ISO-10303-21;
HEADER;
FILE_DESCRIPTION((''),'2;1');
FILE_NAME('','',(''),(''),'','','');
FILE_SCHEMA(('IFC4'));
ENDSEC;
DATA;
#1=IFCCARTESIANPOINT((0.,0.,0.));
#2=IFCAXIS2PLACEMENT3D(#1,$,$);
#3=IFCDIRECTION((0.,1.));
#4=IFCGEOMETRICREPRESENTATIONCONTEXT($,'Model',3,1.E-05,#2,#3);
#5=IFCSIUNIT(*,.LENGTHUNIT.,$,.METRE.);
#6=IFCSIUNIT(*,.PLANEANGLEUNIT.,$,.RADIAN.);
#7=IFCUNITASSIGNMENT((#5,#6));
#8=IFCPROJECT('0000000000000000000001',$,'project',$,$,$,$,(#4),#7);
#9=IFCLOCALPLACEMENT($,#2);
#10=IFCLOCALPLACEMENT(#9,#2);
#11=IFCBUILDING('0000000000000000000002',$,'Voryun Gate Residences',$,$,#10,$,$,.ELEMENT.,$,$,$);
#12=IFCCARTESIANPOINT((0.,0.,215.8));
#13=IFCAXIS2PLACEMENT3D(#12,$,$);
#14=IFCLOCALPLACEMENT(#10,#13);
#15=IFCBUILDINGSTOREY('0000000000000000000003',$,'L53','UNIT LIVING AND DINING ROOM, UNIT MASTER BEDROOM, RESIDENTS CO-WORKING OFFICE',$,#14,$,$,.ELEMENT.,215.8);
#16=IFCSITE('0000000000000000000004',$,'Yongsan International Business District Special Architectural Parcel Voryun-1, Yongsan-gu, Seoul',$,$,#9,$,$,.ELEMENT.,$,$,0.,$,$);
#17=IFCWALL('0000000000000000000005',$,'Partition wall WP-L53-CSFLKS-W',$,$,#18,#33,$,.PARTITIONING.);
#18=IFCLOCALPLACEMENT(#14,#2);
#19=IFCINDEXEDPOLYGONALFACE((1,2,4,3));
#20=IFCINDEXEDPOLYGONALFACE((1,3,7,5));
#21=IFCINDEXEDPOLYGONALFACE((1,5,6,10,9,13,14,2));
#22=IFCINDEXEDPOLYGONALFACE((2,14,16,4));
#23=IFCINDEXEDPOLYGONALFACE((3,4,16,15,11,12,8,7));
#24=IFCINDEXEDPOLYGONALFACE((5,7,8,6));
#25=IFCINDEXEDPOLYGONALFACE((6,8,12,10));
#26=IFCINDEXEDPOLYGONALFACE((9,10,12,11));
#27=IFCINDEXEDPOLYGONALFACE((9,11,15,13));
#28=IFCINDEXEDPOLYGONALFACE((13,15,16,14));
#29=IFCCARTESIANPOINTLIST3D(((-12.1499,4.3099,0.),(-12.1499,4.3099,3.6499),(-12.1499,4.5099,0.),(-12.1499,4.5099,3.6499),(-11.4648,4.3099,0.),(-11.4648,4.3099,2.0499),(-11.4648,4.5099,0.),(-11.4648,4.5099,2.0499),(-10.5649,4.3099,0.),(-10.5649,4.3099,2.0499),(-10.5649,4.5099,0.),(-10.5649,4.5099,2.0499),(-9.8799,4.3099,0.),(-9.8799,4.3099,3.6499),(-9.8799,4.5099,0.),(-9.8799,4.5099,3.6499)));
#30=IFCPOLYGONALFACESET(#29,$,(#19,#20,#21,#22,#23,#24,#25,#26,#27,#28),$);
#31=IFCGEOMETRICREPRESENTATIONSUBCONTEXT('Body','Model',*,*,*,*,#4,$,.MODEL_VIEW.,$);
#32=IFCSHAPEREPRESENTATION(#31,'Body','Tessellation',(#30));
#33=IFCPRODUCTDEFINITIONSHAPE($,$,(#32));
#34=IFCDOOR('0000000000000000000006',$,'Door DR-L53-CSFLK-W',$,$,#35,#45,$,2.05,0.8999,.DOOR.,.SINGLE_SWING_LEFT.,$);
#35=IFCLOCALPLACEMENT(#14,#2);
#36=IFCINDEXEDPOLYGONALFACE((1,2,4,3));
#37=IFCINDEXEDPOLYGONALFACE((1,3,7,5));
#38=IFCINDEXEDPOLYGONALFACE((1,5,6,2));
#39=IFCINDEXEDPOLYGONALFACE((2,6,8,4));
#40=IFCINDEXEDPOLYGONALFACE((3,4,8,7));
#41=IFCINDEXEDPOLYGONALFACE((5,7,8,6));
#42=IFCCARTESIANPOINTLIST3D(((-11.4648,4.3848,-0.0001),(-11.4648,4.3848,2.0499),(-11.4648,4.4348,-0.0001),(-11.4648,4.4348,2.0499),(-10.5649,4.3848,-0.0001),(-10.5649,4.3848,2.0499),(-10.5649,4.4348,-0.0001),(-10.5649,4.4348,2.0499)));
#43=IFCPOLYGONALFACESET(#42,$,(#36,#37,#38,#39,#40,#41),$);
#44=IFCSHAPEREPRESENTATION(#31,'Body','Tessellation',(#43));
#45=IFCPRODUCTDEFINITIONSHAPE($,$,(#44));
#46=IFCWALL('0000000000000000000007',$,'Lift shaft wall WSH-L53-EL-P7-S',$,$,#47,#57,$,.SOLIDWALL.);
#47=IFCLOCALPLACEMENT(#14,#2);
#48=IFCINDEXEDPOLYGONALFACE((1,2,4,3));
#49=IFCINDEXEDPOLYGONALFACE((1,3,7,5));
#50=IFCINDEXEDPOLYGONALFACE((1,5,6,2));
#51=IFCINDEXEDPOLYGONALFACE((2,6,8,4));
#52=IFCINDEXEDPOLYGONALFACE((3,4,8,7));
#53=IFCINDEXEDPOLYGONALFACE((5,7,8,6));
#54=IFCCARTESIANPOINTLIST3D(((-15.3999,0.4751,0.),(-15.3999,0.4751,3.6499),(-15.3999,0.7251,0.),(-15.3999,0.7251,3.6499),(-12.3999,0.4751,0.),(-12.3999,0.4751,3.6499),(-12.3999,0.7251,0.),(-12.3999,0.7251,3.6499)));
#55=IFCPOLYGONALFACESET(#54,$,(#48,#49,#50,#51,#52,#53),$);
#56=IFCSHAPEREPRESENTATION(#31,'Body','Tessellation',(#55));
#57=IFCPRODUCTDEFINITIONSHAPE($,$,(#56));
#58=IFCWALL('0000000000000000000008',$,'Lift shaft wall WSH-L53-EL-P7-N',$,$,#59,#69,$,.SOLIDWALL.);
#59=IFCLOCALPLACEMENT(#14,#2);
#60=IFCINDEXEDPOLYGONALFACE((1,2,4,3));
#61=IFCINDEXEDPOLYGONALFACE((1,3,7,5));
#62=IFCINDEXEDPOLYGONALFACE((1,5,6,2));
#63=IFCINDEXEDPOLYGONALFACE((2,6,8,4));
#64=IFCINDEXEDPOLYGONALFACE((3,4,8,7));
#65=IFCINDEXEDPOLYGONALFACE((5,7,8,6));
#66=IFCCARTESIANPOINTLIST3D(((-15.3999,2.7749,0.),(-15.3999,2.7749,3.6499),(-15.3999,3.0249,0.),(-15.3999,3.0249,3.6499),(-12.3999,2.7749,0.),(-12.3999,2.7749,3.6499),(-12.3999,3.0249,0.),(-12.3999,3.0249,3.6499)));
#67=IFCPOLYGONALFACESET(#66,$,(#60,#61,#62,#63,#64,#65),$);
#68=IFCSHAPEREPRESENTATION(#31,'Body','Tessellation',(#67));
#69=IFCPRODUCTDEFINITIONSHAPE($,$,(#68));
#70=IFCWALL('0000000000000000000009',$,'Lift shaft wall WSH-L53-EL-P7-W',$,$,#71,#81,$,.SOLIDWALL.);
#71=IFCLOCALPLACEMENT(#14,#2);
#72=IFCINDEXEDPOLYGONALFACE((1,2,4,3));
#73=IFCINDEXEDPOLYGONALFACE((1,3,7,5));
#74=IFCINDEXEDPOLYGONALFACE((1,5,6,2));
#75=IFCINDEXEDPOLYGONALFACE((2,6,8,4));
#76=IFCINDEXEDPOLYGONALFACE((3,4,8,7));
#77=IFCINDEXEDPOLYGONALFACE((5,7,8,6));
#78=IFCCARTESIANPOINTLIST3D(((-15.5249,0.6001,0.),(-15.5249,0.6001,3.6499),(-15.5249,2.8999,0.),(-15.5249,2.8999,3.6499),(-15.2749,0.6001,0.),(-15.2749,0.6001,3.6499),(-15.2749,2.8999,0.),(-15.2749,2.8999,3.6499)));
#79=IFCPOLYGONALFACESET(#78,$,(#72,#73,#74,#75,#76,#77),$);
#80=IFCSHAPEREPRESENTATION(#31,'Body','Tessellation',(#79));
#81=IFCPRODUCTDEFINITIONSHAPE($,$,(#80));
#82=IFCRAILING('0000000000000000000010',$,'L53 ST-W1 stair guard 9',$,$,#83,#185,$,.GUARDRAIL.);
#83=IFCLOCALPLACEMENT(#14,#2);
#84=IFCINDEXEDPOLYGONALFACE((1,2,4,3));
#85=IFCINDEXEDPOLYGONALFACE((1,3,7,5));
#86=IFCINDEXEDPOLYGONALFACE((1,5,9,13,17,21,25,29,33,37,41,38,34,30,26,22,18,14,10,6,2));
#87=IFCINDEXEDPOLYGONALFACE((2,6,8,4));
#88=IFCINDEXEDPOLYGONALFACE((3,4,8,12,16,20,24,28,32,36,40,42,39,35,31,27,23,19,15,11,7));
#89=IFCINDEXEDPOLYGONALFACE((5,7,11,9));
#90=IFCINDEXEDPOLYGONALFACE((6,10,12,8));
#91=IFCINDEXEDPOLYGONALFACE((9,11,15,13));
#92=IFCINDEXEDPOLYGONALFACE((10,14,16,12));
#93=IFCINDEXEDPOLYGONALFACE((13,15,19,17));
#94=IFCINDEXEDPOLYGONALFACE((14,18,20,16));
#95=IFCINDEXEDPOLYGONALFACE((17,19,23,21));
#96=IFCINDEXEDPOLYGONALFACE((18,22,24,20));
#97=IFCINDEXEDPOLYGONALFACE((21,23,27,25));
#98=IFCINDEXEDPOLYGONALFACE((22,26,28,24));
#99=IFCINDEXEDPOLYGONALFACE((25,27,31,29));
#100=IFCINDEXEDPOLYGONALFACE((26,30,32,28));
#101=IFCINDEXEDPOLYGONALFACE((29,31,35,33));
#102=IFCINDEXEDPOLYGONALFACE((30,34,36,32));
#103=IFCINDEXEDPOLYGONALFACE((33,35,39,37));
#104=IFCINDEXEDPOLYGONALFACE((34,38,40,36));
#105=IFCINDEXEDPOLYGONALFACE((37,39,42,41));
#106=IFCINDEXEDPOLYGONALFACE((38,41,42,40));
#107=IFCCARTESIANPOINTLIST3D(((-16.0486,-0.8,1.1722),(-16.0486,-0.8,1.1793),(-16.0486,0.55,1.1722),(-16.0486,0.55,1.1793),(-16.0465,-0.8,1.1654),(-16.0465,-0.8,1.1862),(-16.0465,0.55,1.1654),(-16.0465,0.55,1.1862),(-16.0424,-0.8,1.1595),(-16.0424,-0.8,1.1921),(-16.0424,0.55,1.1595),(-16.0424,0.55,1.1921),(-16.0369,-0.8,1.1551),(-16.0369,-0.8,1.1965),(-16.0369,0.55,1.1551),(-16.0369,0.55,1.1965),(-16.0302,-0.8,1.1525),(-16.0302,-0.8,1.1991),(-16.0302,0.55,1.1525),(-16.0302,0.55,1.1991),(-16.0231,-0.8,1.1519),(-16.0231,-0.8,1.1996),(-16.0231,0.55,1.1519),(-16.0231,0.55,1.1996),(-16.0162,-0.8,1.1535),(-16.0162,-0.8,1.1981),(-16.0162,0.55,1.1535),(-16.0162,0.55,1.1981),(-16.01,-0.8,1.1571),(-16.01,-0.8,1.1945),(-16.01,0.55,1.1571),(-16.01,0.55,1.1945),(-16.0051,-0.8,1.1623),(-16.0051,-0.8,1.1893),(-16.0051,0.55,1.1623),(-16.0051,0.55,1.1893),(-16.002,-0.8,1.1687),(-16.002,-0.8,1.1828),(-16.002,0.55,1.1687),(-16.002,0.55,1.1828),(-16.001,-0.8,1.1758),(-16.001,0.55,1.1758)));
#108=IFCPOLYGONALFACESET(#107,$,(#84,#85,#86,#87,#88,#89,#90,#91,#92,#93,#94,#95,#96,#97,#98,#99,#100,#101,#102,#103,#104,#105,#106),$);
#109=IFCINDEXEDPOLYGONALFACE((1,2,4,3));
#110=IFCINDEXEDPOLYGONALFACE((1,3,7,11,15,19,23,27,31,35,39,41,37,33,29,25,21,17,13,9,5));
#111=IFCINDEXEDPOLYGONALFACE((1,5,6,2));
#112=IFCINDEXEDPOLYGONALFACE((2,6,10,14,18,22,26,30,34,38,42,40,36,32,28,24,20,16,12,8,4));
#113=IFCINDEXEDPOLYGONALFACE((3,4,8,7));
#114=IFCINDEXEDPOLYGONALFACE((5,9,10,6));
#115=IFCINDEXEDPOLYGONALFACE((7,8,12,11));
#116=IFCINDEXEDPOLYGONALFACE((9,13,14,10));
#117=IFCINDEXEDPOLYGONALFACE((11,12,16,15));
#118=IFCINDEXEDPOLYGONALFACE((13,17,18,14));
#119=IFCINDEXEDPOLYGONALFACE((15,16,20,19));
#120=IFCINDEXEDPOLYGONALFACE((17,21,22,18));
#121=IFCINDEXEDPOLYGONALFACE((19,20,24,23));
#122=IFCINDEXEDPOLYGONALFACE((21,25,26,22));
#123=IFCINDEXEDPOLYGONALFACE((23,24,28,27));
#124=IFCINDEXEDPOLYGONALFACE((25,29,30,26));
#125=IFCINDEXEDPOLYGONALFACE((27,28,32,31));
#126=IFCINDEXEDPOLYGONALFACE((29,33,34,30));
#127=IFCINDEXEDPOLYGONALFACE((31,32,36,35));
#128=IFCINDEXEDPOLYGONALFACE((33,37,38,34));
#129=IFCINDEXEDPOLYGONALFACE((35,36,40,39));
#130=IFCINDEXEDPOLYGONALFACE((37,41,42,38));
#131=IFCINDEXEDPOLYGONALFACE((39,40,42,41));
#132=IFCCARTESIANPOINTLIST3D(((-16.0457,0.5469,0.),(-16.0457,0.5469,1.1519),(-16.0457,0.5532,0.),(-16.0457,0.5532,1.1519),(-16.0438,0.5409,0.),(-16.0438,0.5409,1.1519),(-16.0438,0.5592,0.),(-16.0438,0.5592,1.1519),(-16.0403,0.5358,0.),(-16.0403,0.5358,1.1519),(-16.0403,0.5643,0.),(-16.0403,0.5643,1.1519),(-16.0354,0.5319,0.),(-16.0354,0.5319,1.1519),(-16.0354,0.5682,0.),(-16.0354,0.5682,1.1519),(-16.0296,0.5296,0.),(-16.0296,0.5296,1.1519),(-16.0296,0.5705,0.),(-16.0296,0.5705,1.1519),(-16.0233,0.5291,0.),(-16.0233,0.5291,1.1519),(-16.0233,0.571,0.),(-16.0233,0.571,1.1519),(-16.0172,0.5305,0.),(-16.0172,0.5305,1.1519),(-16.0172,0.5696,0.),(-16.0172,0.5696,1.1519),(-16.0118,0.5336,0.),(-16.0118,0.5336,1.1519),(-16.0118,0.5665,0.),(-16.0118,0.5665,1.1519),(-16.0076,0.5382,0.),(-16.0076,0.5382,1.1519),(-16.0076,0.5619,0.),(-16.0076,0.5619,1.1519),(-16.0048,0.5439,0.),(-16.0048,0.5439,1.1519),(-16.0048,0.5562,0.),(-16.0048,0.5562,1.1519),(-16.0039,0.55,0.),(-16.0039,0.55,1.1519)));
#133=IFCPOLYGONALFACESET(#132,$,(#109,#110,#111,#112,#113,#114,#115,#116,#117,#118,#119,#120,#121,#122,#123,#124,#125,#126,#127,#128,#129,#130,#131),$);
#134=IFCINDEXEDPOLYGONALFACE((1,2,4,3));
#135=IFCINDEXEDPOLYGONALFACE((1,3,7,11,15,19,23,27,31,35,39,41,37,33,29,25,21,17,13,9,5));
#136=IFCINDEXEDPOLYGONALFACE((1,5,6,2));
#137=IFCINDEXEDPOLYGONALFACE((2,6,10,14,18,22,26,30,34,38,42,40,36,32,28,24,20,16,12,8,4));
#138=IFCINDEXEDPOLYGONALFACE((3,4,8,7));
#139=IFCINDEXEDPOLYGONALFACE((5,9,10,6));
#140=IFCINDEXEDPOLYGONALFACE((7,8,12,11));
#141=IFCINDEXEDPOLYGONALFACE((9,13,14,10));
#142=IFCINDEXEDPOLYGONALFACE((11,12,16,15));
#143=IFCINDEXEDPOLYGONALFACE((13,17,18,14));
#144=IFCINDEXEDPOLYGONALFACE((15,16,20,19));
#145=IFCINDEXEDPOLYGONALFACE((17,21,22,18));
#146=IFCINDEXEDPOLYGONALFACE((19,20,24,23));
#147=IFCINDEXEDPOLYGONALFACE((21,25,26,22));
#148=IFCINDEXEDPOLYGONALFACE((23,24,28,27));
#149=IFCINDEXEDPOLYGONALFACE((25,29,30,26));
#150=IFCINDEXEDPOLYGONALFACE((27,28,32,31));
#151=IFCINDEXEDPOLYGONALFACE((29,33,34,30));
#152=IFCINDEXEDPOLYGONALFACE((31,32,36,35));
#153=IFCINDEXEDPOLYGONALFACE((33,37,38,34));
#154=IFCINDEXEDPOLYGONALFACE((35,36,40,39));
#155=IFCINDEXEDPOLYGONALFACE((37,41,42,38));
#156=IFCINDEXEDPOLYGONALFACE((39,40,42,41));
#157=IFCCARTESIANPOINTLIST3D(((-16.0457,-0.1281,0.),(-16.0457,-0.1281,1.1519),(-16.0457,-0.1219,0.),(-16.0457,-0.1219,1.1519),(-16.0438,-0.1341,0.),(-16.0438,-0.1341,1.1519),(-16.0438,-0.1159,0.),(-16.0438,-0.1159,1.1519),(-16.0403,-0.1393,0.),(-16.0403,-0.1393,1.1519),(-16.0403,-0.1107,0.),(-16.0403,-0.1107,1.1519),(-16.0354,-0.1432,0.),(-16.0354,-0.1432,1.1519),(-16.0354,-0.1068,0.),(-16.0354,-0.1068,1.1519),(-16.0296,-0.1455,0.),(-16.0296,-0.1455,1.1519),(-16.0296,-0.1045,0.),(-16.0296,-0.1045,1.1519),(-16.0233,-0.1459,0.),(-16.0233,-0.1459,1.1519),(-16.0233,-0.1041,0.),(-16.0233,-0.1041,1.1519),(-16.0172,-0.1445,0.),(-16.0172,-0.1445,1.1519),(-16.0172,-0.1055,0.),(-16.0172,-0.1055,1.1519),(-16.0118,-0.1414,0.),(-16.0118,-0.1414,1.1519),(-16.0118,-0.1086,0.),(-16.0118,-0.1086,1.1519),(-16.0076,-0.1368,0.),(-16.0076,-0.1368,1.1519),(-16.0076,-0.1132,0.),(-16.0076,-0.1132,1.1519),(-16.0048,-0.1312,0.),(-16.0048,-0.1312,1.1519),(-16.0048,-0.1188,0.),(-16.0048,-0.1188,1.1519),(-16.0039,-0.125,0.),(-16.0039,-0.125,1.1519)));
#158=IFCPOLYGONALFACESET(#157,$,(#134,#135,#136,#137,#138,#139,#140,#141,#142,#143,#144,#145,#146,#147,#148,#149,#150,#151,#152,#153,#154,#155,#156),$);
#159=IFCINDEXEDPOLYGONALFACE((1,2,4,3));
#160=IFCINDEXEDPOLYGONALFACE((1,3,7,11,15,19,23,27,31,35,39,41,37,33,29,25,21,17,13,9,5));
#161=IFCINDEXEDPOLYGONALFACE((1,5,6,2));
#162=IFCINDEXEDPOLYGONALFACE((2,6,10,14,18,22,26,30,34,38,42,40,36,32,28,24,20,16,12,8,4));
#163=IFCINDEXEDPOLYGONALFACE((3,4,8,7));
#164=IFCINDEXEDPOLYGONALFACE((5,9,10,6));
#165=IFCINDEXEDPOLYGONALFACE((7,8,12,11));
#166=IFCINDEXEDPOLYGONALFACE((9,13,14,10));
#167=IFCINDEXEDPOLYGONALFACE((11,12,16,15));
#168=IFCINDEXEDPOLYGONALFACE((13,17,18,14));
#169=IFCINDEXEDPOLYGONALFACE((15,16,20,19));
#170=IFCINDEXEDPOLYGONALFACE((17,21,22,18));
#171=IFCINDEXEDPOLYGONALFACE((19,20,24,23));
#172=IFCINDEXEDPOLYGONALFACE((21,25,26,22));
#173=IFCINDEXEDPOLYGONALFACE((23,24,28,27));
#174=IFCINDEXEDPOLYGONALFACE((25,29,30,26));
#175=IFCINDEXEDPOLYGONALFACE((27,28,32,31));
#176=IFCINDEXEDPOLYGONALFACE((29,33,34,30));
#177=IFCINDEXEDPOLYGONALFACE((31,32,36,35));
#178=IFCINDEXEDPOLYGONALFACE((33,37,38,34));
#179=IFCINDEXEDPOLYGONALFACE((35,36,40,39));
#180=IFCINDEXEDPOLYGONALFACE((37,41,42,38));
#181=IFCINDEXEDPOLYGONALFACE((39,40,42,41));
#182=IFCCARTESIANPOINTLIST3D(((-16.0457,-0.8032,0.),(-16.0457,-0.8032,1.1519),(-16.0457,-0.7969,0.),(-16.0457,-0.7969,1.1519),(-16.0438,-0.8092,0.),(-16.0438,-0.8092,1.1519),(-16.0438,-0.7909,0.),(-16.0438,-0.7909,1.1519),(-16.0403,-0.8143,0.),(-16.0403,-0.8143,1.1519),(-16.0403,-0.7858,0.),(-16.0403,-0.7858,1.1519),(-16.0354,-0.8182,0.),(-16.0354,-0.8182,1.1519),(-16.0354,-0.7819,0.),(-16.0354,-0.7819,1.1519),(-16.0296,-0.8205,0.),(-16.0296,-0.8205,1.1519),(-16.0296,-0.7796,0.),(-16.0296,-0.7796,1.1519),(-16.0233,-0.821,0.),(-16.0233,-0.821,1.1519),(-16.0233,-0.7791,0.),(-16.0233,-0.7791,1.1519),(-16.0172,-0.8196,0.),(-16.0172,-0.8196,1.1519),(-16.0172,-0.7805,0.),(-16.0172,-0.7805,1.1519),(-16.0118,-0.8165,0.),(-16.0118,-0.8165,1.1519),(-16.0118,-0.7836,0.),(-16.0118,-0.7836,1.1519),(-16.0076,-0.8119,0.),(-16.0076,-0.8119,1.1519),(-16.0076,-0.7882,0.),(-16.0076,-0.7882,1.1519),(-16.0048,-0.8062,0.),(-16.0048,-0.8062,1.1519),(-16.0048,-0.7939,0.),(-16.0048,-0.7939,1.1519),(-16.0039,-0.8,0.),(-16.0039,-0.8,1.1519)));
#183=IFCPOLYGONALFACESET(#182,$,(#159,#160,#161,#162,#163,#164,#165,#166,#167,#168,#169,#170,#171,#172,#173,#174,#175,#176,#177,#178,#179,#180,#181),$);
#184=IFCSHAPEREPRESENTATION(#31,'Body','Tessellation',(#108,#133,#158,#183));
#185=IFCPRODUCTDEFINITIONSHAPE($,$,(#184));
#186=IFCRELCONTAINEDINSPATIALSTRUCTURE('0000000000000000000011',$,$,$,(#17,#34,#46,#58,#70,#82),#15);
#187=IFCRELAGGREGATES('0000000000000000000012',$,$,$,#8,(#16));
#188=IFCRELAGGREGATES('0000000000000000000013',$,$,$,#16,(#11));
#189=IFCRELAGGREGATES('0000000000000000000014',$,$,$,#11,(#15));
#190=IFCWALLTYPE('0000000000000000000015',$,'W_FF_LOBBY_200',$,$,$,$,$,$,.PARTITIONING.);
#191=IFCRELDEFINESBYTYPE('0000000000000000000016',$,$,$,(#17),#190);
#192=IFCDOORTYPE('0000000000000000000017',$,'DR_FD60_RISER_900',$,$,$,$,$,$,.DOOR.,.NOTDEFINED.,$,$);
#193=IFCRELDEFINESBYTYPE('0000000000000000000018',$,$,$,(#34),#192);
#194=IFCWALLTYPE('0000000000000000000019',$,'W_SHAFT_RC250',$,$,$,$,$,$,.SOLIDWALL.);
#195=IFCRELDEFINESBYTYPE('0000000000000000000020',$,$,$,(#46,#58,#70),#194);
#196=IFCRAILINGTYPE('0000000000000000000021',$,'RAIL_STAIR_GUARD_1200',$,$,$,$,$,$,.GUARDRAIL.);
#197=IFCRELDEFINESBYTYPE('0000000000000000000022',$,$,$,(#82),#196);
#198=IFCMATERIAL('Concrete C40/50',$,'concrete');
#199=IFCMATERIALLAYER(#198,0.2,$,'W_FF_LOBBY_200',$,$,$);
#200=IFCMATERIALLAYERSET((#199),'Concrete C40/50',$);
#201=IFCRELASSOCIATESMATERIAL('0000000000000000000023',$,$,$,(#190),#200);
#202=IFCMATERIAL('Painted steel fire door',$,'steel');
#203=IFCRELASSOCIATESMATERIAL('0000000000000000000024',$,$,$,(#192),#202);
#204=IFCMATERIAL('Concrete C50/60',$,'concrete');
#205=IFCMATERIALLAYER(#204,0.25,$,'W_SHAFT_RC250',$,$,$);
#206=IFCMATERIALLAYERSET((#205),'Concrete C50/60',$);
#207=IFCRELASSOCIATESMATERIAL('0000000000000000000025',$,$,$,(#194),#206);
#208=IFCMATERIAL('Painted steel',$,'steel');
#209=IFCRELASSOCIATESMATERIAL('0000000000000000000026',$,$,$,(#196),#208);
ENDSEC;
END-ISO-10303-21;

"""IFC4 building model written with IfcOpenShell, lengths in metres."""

from ifc_helpers import new_model, si_unit, direction, frame, frame_2d, origin, origin_2d, place, context, subcontext, project, spatial, rectangle, circle, extrude, material, layer, layer_set, type_object, element, fill, save


model = new_model("IFC4")

# Units and contexts
model_context = context("Model", 3, precision=1e-05, world=origin(), true_north=direction((0.0, 1.0)))
body_context = subcontext(model_context, "Body", "Model", "MODEL_VIEW")
ifc_project = project(units=[si_unit("LENGTHUNIT", "METRE"), si_unit("PLANEANGLEUNIT", "RADIAN")], contexts=[model_context])

# Site, building, storey
site_placement = place(None, origin())
site = spatial("IfcSite", under=ifc_project, at=site_placement, Name="Yongsan International Business District Special Architectural Parcel Voryun-1, Yongsan-gu, Seoul", CompositionType="ELEMENT", RefElevation=0.0)
building_placement = place(site_placement, origin())
building = spatial("IfcBuilding", under=site, at=building_placement, Name="Voryun Gate Residences", CompositionType="ELEMENT")
storey_placement = place(building_placement, frame((0.0, 0.0, 215.8)))
storey = spatial("IfcBuildingStorey", under=building, at=storey_placement, Name="L53", Description="UNIT LIVING AND DINING ROOM, UNIT MASTER BEDROOM, RESIDENTS CO-WORKING OFFICE", CompositionType="ELEMENT", Elevation=215.8)

# Shared definitions
ifc_material_1 = material(Name="Concrete C40/50", Category="concrete")
ifc_layer_1 = layer(ifc_material_1, 0.2, Name="W_FF_LOBBY_200")
ifc_layer_set_1 = layer_set([ifc_layer_1], Name="Concrete C40/50")
wall_type_1 = type_object("IfcWallType", Name="W_FF_LOBBY_200", PredefinedType="PARTITIONING", material=ifc_layer_set_1)

# Wall, opening, door
wall_1_placement = place(storey_placement, frame((-12.1499, 4.4099, 0.0), z_axis=(0.0, 0.0, 1.0), x_axis=(1.0, 0.0, 0.0)))
wall_1 = element("IfcWall", 1, at=wall_1_placement, inside=storey, type_object=wall_type_1, Name="Partition wall WP-L53-CSFLKS-W", PredefinedType="PARTITIONING", context=body_context, shape_type="SweptSolid", body=[
    extrude(rectangle(XDim=2.27, YDim=0.2, at=frame_2d((1.135, 0.0))), origin(), (0.0, 0.0, 1.0), 3.6499),
])
opening_placement = place(wall_1_placement, frame((0.6851, 0.0, 0.0)))
opening = element("IfcOpeningElement", 2, at=opening_placement, cuts=wall_1, PredefinedType="OPENING", context=body_context, shape_type="SweptSolid", body=[
    extrude(rectangle(XDim=0.8999, YDim=2.05, at=frame_2d((0.45, 1.0249))), frame((0.0, 0.1101, 0.0), z_axis=(0.0, -1.0, 0.0), x_axis=(1.0, 0.0, 0.0)), (0.0, 0.0, 1.0), 0.22),
])
ifc_material_2 = material(Name="Painted steel fire door", Category="steel")
door_type = type_object("IfcDoorType", Name="DR_FD60_RISER_900", OperationType="NOTDEFINED", PredefinedType="DOOR", material=ifc_material_2)
door_placement = place(opening_placement, origin())
door = element("IfcDoor", 3, at=door_placement, inside=storey, type_object=door_type, Name="Door DR-L53-CSFLK-W", OperationType="SINGLE_SWING_LEFT", OverallHeight=2.05, OverallWidth=0.8999, PredefinedType="DOOR", context=body_context, shape_type="SweptSolid", body=[
    extrude(rectangle(XDim=0.8999, YDim=2.05, at=frame_2d((0.45, 1.0249))), frame((0.0, 0.0249, 0.0), z_axis=(0.0, -1.0, 0.0), x_axis=(1.0, 0.0, 0.0)), (0.0, 0.0, 1.0), 0.05),
])
fill(opening, door)

# Walls
ifc_material_3 = material(Name="Concrete C50/60", Category="concrete")
ifc_layer_2 = layer(ifc_material_3, 0.25, Name="W_SHAFT_RC250")
ifc_layer_set_2 = layer_set([ifc_layer_2], Name="Concrete C50/60")
wall_type_2 = type_object("IfcWallType", Name="W_SHAFT_RC250", PredefinedType="SOLIDWALL", material=ifc_layer_set_2)
for number, where, z_axis, x_axis, name in (
    (4, (-15.3999, 0.6001, 0.0), (0.0, 0.0, 1.0), (1.0, 0.0, 0.0), "Lift shaft wall WSH-L53-EL-P7-S"),
    (5, (-12.3999, 2.8999, 0.0), (0.0, 0.0, 1.0), (-1.0, 0.0, 0.0), "Lift shaft wall WSH-L53-EL-P7-N"),
):
    element("IfcWall", number, at=place(storey_placement, frame(where, z_axis=z_axis, x_axis=x_axis)), inside=storey, type_object=wall_type_2, Name=name, PredefinedType="SOLIDWALL", context=body_context, shape_type="SweptSolid", body=[
        extrude(rectangle(XDim=3.0, YDim=0.25, at=frame_2d((1.5, 0.0))), origin(), (0.0, 0.0, 1.0), 3.6499),
    ])
wall_2_placement = place(storey_placement, frame((-15.3999, 2.8999, 0.0), z_axis=(0.0, 0.0, 1.0), x_axis=(0.0, -1.0, 0.0)))
element("IfcWall", 6, at=wall_2_placement, inside=storey, type_object=wall_type_2, Name="Lift shaft wall WSH-L53-EL-P7-W", PredefinedType="SOLIDWALL", context=body_context, shape_type="SweptSolid", body=[
    extrude(rectangle(XDim=2.2998, YDim=0.25, at=frame_2d((1.1499, 0.0))), origin(), (0.0, 0.0, 1.0), 3.6499),
])

# Railing
ifc_material_4 = material(Name="Painted steel", Category="steel")
railing_type = type_object("IfcRailingType", Name="RAIL_STAIR_GUARD_1200", PredefinedType="GUARDRAIL", material=ifc_material_4)
railing_1_placement = place(storey_placement, frame((-16.0249, 0.55, 0.0)))
element("IfcRailing", 7, at=railing_1_placement, inside=storey, type_object=railing_type, Name="L53 ST-W1 stair guard 9", PredefinedType="GUARDRAIL", context=body_context, shape_type="SweptSolid", body=[
    extrude(circle(Radius=0.0239, at=origin_2d()), frame((0.0, 0.0, 1.1758), z_axis=(0.0, -1.0, 0.0), x_axis=(1.0, 0.0, 0.0)), (0.0, 0.0, 1.0), 1.3501),
    extrude(circle(Radius=0.021, at=origin_2d()), origin(), (0.0, 0.0, 1.0), 1.1519),
    extrude(circle(Radius=0.021, at=origin_2d()), frame((0.0, -0.675, 0.0)), (0.0, 0.0, 1.0), 1.1519),
    extrude(circle(Radius=0.021, at=origin_2d()), frame((0.0, -1.3501, 0.0)), (0.0, 0.0, 1.0), 1.1519),
])

save(model, "model.ifc")
